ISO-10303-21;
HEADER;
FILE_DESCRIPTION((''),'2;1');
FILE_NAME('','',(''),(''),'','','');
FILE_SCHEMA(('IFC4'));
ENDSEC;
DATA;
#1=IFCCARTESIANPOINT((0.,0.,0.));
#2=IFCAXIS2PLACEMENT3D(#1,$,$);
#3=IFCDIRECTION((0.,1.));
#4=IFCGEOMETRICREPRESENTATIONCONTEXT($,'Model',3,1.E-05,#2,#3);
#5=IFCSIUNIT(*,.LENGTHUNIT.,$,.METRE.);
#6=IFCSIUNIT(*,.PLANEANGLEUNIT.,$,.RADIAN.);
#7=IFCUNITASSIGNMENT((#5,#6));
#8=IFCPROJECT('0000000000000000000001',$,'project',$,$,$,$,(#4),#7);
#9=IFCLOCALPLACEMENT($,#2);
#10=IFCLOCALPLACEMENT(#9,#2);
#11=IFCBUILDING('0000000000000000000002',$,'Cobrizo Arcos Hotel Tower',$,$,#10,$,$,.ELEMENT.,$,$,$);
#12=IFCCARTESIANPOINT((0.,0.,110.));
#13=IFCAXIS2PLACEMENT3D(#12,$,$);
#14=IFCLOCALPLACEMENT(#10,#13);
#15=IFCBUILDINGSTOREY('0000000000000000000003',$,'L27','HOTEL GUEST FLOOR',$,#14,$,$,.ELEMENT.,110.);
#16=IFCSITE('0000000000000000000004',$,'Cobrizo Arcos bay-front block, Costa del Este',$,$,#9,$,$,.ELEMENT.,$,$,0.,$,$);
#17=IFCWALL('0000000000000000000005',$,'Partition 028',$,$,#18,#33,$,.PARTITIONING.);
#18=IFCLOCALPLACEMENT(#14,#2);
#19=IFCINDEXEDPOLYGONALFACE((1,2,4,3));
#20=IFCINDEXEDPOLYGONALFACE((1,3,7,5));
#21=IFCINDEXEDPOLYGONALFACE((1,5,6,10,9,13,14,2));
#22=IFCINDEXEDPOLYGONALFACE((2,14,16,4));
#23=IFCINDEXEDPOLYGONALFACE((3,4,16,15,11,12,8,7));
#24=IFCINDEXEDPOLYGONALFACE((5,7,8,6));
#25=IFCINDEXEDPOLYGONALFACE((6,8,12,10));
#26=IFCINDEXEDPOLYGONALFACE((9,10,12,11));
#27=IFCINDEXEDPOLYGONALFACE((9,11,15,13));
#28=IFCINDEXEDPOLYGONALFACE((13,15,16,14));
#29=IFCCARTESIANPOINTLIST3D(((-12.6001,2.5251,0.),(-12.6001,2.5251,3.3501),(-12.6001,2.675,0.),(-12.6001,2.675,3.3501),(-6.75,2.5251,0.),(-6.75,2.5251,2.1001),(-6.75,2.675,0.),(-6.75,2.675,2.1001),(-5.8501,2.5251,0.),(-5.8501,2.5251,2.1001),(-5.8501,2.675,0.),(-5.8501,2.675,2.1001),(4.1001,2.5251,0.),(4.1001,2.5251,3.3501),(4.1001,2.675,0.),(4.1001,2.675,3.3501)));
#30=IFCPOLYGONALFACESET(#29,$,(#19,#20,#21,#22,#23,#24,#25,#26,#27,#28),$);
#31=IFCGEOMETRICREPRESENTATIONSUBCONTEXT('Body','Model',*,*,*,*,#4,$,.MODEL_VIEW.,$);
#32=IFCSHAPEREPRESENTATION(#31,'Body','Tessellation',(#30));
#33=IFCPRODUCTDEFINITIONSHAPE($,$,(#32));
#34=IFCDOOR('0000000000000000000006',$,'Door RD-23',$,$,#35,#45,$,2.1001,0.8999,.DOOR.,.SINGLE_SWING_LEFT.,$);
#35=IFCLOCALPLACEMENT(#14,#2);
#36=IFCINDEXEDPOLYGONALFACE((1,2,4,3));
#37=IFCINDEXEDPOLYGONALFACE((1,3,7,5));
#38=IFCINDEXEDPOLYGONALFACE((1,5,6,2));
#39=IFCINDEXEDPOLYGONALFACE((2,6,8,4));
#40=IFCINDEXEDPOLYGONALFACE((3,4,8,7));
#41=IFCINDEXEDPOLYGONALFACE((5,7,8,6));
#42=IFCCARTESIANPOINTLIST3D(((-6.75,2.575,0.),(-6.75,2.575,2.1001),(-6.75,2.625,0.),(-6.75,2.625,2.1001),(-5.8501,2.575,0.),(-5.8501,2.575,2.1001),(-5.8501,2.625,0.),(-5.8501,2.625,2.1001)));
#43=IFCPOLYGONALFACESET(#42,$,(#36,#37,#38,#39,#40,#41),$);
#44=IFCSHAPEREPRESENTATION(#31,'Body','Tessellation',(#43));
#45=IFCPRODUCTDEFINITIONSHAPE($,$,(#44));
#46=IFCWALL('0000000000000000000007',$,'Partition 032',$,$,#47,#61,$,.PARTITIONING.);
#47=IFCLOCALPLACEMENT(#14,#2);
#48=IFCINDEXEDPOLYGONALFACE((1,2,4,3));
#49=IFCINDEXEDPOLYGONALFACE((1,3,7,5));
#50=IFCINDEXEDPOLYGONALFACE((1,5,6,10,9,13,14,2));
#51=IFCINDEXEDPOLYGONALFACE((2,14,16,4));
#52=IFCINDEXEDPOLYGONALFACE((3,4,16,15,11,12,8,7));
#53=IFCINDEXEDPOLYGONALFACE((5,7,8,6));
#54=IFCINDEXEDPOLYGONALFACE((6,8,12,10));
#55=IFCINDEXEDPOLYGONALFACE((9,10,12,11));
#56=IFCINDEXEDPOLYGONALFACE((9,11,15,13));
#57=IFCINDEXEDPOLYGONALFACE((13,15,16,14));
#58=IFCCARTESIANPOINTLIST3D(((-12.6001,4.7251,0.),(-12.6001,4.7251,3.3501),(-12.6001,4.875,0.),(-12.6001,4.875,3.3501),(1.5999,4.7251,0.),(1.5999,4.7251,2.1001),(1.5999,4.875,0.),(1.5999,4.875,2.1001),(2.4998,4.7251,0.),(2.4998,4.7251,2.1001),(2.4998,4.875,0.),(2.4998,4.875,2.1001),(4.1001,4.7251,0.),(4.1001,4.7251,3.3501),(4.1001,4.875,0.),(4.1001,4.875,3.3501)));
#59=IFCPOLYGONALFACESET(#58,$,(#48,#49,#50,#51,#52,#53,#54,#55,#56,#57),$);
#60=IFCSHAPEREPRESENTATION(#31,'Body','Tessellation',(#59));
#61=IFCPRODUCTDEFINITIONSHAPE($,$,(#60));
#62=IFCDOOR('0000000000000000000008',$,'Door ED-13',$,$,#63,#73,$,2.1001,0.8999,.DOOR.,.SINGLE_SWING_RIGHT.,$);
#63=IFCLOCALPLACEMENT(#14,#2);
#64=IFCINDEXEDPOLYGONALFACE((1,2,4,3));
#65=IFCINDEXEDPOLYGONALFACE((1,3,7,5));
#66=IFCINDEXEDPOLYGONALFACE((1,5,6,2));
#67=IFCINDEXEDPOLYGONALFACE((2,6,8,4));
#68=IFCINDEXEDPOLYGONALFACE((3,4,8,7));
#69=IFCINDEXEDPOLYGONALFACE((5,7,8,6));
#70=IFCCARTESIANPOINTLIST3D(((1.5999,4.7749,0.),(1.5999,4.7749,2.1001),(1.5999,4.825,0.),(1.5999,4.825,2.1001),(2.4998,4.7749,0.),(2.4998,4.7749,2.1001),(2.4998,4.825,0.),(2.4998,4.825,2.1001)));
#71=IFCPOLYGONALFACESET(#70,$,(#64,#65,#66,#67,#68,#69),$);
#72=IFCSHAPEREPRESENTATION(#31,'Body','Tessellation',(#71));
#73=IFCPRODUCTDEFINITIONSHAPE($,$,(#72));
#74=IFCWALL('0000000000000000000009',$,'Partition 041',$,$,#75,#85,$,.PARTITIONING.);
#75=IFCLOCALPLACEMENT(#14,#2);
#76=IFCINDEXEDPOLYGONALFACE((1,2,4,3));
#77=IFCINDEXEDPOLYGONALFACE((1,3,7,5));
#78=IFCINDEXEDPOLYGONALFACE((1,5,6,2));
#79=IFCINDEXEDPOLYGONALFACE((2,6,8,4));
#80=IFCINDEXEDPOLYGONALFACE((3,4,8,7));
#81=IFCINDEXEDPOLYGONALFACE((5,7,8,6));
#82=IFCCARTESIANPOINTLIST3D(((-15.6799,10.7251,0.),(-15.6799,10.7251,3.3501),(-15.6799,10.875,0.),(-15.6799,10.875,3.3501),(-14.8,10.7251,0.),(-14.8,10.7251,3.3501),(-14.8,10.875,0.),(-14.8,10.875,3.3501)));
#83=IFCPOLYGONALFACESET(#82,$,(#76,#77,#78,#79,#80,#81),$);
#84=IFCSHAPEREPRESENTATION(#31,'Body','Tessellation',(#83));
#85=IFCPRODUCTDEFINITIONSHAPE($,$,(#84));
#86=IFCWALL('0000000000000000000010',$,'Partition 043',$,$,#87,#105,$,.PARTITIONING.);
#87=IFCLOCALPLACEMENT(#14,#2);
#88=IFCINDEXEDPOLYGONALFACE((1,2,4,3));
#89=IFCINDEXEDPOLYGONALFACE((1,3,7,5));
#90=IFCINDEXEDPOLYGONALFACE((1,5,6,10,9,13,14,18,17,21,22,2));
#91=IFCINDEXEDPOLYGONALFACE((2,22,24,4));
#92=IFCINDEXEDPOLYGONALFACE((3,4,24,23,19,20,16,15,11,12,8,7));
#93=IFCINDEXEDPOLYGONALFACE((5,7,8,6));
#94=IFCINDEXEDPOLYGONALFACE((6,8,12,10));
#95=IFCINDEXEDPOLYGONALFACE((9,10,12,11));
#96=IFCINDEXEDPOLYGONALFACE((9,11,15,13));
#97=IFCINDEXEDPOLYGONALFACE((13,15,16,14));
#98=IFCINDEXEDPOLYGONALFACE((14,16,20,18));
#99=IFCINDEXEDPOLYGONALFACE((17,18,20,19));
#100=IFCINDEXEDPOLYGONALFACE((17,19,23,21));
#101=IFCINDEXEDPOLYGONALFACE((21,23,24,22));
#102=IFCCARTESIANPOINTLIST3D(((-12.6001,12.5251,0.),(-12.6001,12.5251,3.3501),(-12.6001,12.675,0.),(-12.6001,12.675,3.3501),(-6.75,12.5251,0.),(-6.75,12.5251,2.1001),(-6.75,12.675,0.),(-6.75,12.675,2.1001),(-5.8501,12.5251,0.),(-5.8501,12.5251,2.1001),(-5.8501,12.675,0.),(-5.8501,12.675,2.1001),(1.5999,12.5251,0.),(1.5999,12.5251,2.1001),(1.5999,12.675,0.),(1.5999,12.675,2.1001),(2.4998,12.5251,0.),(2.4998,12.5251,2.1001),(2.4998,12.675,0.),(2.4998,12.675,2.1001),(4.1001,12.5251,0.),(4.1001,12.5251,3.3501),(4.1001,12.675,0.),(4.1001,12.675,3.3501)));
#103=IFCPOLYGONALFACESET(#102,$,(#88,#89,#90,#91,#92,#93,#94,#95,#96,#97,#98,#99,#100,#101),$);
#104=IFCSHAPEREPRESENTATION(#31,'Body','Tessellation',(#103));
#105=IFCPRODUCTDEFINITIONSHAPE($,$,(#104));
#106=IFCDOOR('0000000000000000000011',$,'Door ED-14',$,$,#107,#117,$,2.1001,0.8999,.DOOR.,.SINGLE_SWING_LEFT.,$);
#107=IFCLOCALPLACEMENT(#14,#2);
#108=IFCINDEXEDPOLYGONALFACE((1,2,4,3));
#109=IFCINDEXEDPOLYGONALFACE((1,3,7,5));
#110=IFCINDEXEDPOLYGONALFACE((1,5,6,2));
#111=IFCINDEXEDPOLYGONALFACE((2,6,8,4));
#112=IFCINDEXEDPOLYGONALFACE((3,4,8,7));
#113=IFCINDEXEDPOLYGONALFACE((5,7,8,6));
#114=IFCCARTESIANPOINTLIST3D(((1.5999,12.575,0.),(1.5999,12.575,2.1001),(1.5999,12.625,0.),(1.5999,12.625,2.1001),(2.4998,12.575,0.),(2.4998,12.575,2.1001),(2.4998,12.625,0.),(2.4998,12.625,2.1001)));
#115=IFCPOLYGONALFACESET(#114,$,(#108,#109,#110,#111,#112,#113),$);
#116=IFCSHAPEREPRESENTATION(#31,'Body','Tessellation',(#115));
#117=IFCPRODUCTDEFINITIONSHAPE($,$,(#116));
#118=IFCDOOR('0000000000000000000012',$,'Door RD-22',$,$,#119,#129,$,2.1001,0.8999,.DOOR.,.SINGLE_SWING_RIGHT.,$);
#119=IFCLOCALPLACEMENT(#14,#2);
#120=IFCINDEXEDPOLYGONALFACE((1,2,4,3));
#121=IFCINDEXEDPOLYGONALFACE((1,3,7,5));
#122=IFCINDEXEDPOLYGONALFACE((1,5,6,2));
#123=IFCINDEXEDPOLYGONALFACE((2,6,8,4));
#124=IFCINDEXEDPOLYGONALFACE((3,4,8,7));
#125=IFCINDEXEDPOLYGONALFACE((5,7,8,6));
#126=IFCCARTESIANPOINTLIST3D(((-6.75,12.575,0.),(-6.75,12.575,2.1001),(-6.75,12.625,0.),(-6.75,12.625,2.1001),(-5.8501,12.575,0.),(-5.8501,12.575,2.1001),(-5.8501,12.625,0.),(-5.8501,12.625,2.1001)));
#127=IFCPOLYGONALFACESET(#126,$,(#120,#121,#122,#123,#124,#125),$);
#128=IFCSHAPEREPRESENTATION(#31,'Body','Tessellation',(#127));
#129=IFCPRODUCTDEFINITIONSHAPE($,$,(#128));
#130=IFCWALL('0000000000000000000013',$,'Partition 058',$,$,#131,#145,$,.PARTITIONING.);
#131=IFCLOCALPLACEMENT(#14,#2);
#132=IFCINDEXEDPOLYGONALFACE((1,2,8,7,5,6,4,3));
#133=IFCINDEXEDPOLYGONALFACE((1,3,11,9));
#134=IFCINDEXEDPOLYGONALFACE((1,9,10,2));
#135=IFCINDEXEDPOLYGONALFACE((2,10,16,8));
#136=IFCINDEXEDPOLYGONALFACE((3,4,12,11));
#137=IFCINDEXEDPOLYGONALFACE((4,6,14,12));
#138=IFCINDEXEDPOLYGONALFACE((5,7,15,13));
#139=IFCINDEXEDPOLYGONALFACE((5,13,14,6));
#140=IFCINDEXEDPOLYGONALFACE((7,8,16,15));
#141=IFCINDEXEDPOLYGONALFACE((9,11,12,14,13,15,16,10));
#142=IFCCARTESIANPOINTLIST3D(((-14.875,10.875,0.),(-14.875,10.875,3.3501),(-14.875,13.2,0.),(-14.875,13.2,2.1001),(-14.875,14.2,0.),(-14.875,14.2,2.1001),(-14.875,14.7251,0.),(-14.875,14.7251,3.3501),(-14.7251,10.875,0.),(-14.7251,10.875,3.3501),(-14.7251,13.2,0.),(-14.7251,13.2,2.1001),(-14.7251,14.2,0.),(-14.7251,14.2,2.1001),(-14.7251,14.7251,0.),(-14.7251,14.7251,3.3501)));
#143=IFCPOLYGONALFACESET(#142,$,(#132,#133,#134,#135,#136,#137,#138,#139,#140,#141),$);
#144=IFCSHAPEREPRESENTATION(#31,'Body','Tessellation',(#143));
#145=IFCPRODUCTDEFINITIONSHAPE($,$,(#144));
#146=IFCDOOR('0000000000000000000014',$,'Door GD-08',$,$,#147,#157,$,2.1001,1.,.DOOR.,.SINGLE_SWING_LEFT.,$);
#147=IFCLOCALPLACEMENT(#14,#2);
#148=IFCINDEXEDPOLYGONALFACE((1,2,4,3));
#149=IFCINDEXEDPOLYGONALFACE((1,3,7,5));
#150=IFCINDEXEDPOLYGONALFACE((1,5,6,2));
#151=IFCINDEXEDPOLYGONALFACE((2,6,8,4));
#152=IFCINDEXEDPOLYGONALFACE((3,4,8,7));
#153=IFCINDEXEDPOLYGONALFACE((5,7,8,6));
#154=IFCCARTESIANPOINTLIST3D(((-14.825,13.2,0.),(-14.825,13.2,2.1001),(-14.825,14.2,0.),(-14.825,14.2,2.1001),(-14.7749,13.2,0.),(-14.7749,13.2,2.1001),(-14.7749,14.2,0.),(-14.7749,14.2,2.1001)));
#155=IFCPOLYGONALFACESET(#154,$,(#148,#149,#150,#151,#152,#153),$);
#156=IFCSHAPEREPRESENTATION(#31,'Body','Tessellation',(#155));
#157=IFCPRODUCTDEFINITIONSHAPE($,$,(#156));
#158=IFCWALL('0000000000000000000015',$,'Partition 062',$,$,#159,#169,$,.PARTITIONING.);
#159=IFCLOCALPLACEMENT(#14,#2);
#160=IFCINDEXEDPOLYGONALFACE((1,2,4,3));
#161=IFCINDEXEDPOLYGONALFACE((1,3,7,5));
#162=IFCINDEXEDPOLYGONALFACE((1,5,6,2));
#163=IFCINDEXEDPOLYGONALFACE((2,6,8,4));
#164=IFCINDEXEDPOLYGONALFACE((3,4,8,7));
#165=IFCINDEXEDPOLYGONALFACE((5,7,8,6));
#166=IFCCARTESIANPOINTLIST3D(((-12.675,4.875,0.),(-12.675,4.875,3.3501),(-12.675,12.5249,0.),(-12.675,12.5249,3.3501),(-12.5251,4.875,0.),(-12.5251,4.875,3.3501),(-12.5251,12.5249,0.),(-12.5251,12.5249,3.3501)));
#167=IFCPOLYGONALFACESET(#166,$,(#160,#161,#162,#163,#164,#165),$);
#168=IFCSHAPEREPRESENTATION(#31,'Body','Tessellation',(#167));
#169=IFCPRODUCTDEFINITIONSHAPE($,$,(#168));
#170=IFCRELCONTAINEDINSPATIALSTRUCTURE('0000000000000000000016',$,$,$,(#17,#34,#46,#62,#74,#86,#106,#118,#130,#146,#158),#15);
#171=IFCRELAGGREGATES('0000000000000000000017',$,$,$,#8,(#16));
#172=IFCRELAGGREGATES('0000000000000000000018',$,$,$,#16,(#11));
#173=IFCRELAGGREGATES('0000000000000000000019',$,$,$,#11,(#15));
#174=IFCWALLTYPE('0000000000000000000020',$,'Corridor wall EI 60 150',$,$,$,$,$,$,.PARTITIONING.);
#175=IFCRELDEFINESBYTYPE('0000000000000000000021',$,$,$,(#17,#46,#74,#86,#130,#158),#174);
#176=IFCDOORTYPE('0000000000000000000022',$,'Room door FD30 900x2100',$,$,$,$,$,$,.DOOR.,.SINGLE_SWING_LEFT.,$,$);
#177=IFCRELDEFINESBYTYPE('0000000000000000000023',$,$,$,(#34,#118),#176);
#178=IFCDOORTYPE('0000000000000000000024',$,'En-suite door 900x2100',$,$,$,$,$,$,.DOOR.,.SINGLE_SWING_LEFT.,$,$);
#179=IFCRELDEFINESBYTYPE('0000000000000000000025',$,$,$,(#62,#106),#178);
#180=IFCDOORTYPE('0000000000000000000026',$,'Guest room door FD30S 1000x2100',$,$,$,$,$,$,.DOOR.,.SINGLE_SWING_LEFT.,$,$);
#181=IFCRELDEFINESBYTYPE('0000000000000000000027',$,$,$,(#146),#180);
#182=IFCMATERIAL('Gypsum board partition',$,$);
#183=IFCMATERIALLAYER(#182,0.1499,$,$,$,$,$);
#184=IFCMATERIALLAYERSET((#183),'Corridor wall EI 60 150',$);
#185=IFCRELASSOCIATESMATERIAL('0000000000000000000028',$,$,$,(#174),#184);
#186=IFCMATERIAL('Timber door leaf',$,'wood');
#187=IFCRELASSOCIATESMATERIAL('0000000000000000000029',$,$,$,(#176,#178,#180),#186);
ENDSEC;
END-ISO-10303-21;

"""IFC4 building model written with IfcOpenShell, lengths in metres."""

from ifc_helpers import new_model, si_unit, direction, frame, frame_2d, origin, place, context, subcontext, project, spatial, rectangle, extrude, material, layer, layer_set, type_object, element, fill, save


model = new_model("IFC4")

# Units and contexts
model_context = context("Model", 3, precision=1e-05, world=origin(), true_north=direction((0.0, 1.0)))
body_context = subcontext(model_context, "Body", "Model", "MODEL_VIEW")
ifc_project = project(units=[si_unit("LENGTHUNIT", "METRE"), si_unit("PLANEANGLEUNIT", "RADIAN")], contexts=[model_context])

# Site, building, storey
site_placement = place(None, origin())
site = spatial("IfcSite", under=ifc_project, at=site_placement, Name="Cobrizo Arcos bay-front block, Costa del Este", CompositionType="ELEMENT", RefElevation=0.0)
building_placement = place(site_placement, origin())
building = spatial("IfcBuilding", under=site, at=building_placement, Name="Cobrizo Arcos Hotel Tower", CompositionType="ELEMENT")
storey_placement = place(building_placement, frame((0.0, 0.0, 110.0)))
storey = spatial("IfcBuildingStorey", under=building, at=storey_placement, Name="L27", Description="HOTEL GUEST FLOOR", CompositionType="ELEMENT", Elevation=110.0)

# Walls, openings, doors
ifc_material_1 = material(Name="Gypsum board partition")
ifc_layer_1 = layer(ifc_material_1, 0.1499)
ifc_layer_set_1 = layer_set([ifc_layer_1], Name="Corridor wall EI 60 150")
wall_type_1 = type_object("IfcWallType", Name="Corridor wall EI 60 150", PredefinedType="PARTITIONING", material=ifc_layer_set_1)
wall_1_placement = place(storey_placement, frame((-12.6001, 2.6001, 0.0), z_axis=(0.0, 0.0, 1.0), x_axis=(1.0, 0.0, 0.0)))
wall_1 = element("IfcWall", 1, at=wall_1_placement, inside=storey, type_object=wall_type_1, Name="Partition 028", PredefinedType="PARTITIONING", context=body_context, shape_type="SweptSolid", body=[
    extrude(rectangle(XDim=16.7002, YDim=0.1499, at=frame_2d((8.3501, 0.0))), origin(), (0.0, 0.0, 1.0), 3.3501),
])
opening_1_placement = place(wall_1_placement, frame((5.8501, 0.0, 0.0)))
opening_1 = element("IfcOpeningElement", 2, at=opening_1_placement, cuts=wall_1, PredefinedType="OPENING", context=body_context, shape_type="SweptSolid", body=[
    extrude(rectangle(XDim=0.8999, YDim=2.1001, at=frame_2d((0.45, 1.05))), frame((0.0, 0.0869, 0.0), z_axis=(0.0, -1.0, 0.0), x_axis=(1.0, 0.0, 0.0)), (0.0, 0.0, 1.0), 0.1738),
])
ifc_material_2 = material(Name="Timber door leaf", Category="wood")
door_type_1 = type_object("IfcDoorType", Name="Room door FD30 900x2100", OperationType="SINGLE_SWING_LEFT", PredefinedType="DOOR", material=ifc_material_2)
door_1_placement = place(opening_1_placement, origin())
door_1 = element("IfcDoor", 3, at=door_1_placement, inside=storey, type_object=door_type_1, Name="Door RD-23", OperationType="SINGLE_SWING_LEFT", OverallHeight=2.1001, OverallWidth=0.8999, PredefinedType="DOOR", context=body_context, shape_type="SweptSolid", body=[
    extrude(rectangle(XDim=0.8999, YDim=2.1001, at=frame_2d((0.45, 1.05))), frame((0.0, 0.0249, 0.0), z_axis=(0.0, -1.0, 0.0), x_axis=(1.0, 0.0, 0.0)), (0.0, 0.0, 1.0), 0.05),
])
fill(opening_1, door_1)
wall_2_placement = place(storey_placement, frame((-12.6001, 4.8, 0.0), z_axis=(0.0, 0.0, 1.0), x_axis=(1.0, 0.0, 0.0)))
wall_2 = element("IfcWall", 4, at=wall_2_placement, inside=storey, type_object=wall_type_1, Name="Partition 032", PredefinedType="PARTITIONING", context=body_context, shape_type="SweptSolid", body=[
    extrude(rectangle(XDim=16.7002, YDim=0.1499, at=frame_2d((8.3501, 0.0))), origin(), (0.0, 0.0, 1.0), 3.3501),
])
opening_2_placement = place(wall_2_placement, frame((14.2, 0.0, 0.0)))
opening_2 = element("IfcOpeningElement", 5, at=opening_2_placement, cuts=wall_2, PredefinedType="OPENING", context=body_context, shape_type="SweptSolid", body=[
    extrude(rectangle(XDim=0.8999, YDim=2.1001, at=frame_2d((0.45, 1.05))), frame((0.0, 0.0869, 0.0), z_axis=(0.0, -1.0, 0.0), x_axis=(1.0, 0.0, 0.0)), (0.0, 0.0, 1.0), 0.1738),
])
door_type_2 = type_object("IfcDoorType", Name="En-suite door 900x2100", OperationType="SINGLE_SWING_LEFT", PredefinedType="DOOR", material=ifc_material_2)
door_2_placement = place(opening_2_placement, origin())
door_2 = element("IfcDoor", 6, at=door_2_placement, inside=storey, type_object=door_type_2, Name="Door ED-13", OperationType="SINGLE_SWING_RIGHT", OverallHeight=2.1001, OverallWidth=0.8999, PredefinedType="DOOR", context=body_context, shape_type="SweptSolid", body=[
    extrude(rectangle(XDim=0.8999, YDim=2.1001, at=frame_2d((0.45, 1.05))), frame((0.0, 0.0249, 0.0), z_axis=(0.0, -1.0, 0.0), x_axis=(1.0, 0.0, 0.0)), (0.0, 0.0, 1.0), 0.05),
])
fill(opening_2, door_2)

# Wall
wall_3_placement = place(storey_placement, frame((-15.6799, 10.8, 0.0), z_axis=(0.0, 0.0, 1.0), x_axis=(1.0, 0.0, 0.0)))
element("IfcWall", 7, at=wall_3_placement, inside=storey, type_object=wall_type_1, Name="Partition 041", PredefinedType="PARTITIONING", context=body_context, shape_type="SweptSolid", body=[
    extrude(rectangle(XDim=0.8799, YDim=0.1499, at=frame_2d((0.4399, 0.0))), origin(), (0.0, 0.0, 1.0), 3.3501),
])

# Wall, openings, doors
wall_4_placement = place(storey_placement, frame((-12.6001, 12.6001, 0.0), z_axis=(0.0, 0.0, 1.0), x_axis=(1.0, 0.0, 0.0)))
wall_4 = element("IfcWall", 8, at=wall_4_placement, inside=storey, type_object=wall_type_1, Name="Partition 043", PredefinedType="PARTITIONING", context=body_context, shape_type="SweptSolid", body=[
    extrude(rectangle(XDim=16.7002, YDim=0.1499, at=frame_2d((8.3501, 0.0))), origin(), (0.0, 0.0, 1.0), 3.3501),
])
opening_3_placement = place(wall_4_placement, frame((14.2, 0.0, 0.0)))
opening_3 = element("IfcOpeningElement", 9, at=opening_3_placement, cuts=wall_4, PredefinedType="OPENING", context=body_context, shape_type="SweptSolid", body=[
    extrude(rectangle(XDim=0.8999, YDim=2.1001, at=frame_2d((0.45, 1.05))), frame((0.0, 0.0869, 0.0), z_axis=(0.0, -1.0, 0.0), x_axis=(1.0, 0.0, 0.0)), (0.0, 0.0, 1.0), 0.1738),
])
opening_4_placement = place(wall_4_placement, frame((5.8501, 0.0, 0.0)))
opening_4 = element("IfcOpeningElement", 10, at=opening_4_placement, cuts=wall_4, PredefinedType="OPENING", context=body_context, shape_type="SweptSolid", body=[
    extrude(rectangle(XDim=0.8999, YDim=2.1001, at=frame_2d((0.45, 1.05))), frame((0.0, 0.0869, 0.0), z_axis=(0.0, -1.0, 0.0), x_axis=(1.0, 0.0, 0.0)), (0.0, 0.0, 1.0), 0.1738),
])
door_3_placement = place(opening_3_placement, origin())
door_3 = element("IfcDoor", 11, at=door_3_placement, inside=storey, type_object=door_type_2, Name="Door ED-14", OperationType="SINGLE_SWING_LEFT", OverallHeight=2.1001, OverallWidth=0.8999, PredefinedType="DOOR", context=body_context, shape_type="SweptSolid", body=[
    extrude(rectangle(XDim=0.8999, YDim=2.1001, at=frame_2d((0.45, 1.05))), frame((0.0, 0.0249, 0.0), z_axis=(0.0, -1.0, 0.0), x_axis=(1.0, 0.0, 0.0)), (0.0, 0.0, 1.0), 0.05),
])
fill(opening_3, door_3)
door_4_placement = place(opening_4_placement, origin())
door_4 = element("IfcDoor", 12, at=door_4_placement, inside=storey, type_object=door_type_1, Name="Door RD-22", OperationType="SINGLE_SWING_RIGHT", OverallHeight=2.1001, OverallWidth=0.8999, PredefinedType="DOOR", context=body_context, shape_type="SweptSolid", body=[
    extrude(rectangle(XDim=0.8999, YDim=2.1001, at=frame_2d((0.45, 1.05))), frame((0.0, 0.0249, 0.0), z_axis=(0.0, -1.0, 0.0), x_axis=(1.0, 0.0, 0.0)), (0.0, 0.0, 1.0), 0.05),
])
fill(opening_4, door_4)

# Wall, opening, door
wall_5_placement = place(storey_placement, frame((-14.8, 10.875, 0.0), z_axis=(0.0, 0.0, 1.0), x_axis=(0.0, 1.0, 0.0)))
wall_5 = element("IfcWall", 13, at=wall_5_placement, inside=storey, type_object=wall_type_1, Name="Partition 058", PredefinedType="PARTITIONING", context=body_context, shape_type="SweptSolid", body=[
    extrude(rectangle(XDim=3.8501, YDim=0.1499, at=frame_2d((1.925, 0.0))), origin(), (0.0, 0.0, 1.0), 3.3501),
])
opening_5_placement = place(wall_5_placement, frame((2.325, 0.0, 0.0)))
opening_5 = element("IfcOpeningElement", 14, at=opening_5_placement, cuts=wall_5, PredefinedType="OPENING", context=body_context, shape_type="SweptSolid", body=[
    extrude(rectangle(XDim=1.0, YDim=2.1001, at=frame_2d((0.5, 1.05))), frame((0.0, 0.0869, 0.0), z_axis=(0.0, -1.0, 0.0), x_axis=(1.0, 0.0, 0.0)), (0.0, 0.0, 1.0), 0.1738),
])
door_type_3 = type_object("IfcDoorType", Name="Guest room door FD30S 1000x2100", OperationType="SINGLE_SWING_LEFT", PredefinedType="DOOR", material=ifc_material_2)
door_5_placement = place(opening_5_placement, origin())
door_5 = element("IfcDoor", 15, at=door_5_placement, inside=storey, type_object=door_type_3, Name="Door GD-08", OperationType="SINGLE_SWING_LEFT", OverallHeight=2.1001, OverallWidth=1.0, PredefinedType="DOOR", context=body_context, shape_type="SweptSolid", body=[
    extrude(rectangle(XDim=1.0, YDim=2.1001, at=frame_2d((0.5, 1.05))), frame((0.0, 0.0249, 0.0), z_axis=(0.0, -1.0, 0.0), x_axis=(1.0, 0.0, 0.0)), (0.0, 0.0, 1.0), 0.05),
])
fill(opening_5, door_5)

# Wall
wall_6_placement = place(storey_placement, frame((-12.6001, 4.875, 0.0), z_axis=(0.0, 0.0, 1.0), x_axis=(0.0, 1.0, 0.0)))
element("IfcWall", 16, at=wall_6_placement, inside=storey, type_object=wall_type_1, Name="Partition 062", PredefinedType="PARTITIONING", context=body_context, shape_type="SweptSolid", body=[
    extrude(rectangle(XDim=7.6499, YDim=0.1499, at=frame_2d((3.825, 0.0))), origin(), (0.0, 0.0, 1.0), 3.3501),
])

save(model, "model.ifc")
